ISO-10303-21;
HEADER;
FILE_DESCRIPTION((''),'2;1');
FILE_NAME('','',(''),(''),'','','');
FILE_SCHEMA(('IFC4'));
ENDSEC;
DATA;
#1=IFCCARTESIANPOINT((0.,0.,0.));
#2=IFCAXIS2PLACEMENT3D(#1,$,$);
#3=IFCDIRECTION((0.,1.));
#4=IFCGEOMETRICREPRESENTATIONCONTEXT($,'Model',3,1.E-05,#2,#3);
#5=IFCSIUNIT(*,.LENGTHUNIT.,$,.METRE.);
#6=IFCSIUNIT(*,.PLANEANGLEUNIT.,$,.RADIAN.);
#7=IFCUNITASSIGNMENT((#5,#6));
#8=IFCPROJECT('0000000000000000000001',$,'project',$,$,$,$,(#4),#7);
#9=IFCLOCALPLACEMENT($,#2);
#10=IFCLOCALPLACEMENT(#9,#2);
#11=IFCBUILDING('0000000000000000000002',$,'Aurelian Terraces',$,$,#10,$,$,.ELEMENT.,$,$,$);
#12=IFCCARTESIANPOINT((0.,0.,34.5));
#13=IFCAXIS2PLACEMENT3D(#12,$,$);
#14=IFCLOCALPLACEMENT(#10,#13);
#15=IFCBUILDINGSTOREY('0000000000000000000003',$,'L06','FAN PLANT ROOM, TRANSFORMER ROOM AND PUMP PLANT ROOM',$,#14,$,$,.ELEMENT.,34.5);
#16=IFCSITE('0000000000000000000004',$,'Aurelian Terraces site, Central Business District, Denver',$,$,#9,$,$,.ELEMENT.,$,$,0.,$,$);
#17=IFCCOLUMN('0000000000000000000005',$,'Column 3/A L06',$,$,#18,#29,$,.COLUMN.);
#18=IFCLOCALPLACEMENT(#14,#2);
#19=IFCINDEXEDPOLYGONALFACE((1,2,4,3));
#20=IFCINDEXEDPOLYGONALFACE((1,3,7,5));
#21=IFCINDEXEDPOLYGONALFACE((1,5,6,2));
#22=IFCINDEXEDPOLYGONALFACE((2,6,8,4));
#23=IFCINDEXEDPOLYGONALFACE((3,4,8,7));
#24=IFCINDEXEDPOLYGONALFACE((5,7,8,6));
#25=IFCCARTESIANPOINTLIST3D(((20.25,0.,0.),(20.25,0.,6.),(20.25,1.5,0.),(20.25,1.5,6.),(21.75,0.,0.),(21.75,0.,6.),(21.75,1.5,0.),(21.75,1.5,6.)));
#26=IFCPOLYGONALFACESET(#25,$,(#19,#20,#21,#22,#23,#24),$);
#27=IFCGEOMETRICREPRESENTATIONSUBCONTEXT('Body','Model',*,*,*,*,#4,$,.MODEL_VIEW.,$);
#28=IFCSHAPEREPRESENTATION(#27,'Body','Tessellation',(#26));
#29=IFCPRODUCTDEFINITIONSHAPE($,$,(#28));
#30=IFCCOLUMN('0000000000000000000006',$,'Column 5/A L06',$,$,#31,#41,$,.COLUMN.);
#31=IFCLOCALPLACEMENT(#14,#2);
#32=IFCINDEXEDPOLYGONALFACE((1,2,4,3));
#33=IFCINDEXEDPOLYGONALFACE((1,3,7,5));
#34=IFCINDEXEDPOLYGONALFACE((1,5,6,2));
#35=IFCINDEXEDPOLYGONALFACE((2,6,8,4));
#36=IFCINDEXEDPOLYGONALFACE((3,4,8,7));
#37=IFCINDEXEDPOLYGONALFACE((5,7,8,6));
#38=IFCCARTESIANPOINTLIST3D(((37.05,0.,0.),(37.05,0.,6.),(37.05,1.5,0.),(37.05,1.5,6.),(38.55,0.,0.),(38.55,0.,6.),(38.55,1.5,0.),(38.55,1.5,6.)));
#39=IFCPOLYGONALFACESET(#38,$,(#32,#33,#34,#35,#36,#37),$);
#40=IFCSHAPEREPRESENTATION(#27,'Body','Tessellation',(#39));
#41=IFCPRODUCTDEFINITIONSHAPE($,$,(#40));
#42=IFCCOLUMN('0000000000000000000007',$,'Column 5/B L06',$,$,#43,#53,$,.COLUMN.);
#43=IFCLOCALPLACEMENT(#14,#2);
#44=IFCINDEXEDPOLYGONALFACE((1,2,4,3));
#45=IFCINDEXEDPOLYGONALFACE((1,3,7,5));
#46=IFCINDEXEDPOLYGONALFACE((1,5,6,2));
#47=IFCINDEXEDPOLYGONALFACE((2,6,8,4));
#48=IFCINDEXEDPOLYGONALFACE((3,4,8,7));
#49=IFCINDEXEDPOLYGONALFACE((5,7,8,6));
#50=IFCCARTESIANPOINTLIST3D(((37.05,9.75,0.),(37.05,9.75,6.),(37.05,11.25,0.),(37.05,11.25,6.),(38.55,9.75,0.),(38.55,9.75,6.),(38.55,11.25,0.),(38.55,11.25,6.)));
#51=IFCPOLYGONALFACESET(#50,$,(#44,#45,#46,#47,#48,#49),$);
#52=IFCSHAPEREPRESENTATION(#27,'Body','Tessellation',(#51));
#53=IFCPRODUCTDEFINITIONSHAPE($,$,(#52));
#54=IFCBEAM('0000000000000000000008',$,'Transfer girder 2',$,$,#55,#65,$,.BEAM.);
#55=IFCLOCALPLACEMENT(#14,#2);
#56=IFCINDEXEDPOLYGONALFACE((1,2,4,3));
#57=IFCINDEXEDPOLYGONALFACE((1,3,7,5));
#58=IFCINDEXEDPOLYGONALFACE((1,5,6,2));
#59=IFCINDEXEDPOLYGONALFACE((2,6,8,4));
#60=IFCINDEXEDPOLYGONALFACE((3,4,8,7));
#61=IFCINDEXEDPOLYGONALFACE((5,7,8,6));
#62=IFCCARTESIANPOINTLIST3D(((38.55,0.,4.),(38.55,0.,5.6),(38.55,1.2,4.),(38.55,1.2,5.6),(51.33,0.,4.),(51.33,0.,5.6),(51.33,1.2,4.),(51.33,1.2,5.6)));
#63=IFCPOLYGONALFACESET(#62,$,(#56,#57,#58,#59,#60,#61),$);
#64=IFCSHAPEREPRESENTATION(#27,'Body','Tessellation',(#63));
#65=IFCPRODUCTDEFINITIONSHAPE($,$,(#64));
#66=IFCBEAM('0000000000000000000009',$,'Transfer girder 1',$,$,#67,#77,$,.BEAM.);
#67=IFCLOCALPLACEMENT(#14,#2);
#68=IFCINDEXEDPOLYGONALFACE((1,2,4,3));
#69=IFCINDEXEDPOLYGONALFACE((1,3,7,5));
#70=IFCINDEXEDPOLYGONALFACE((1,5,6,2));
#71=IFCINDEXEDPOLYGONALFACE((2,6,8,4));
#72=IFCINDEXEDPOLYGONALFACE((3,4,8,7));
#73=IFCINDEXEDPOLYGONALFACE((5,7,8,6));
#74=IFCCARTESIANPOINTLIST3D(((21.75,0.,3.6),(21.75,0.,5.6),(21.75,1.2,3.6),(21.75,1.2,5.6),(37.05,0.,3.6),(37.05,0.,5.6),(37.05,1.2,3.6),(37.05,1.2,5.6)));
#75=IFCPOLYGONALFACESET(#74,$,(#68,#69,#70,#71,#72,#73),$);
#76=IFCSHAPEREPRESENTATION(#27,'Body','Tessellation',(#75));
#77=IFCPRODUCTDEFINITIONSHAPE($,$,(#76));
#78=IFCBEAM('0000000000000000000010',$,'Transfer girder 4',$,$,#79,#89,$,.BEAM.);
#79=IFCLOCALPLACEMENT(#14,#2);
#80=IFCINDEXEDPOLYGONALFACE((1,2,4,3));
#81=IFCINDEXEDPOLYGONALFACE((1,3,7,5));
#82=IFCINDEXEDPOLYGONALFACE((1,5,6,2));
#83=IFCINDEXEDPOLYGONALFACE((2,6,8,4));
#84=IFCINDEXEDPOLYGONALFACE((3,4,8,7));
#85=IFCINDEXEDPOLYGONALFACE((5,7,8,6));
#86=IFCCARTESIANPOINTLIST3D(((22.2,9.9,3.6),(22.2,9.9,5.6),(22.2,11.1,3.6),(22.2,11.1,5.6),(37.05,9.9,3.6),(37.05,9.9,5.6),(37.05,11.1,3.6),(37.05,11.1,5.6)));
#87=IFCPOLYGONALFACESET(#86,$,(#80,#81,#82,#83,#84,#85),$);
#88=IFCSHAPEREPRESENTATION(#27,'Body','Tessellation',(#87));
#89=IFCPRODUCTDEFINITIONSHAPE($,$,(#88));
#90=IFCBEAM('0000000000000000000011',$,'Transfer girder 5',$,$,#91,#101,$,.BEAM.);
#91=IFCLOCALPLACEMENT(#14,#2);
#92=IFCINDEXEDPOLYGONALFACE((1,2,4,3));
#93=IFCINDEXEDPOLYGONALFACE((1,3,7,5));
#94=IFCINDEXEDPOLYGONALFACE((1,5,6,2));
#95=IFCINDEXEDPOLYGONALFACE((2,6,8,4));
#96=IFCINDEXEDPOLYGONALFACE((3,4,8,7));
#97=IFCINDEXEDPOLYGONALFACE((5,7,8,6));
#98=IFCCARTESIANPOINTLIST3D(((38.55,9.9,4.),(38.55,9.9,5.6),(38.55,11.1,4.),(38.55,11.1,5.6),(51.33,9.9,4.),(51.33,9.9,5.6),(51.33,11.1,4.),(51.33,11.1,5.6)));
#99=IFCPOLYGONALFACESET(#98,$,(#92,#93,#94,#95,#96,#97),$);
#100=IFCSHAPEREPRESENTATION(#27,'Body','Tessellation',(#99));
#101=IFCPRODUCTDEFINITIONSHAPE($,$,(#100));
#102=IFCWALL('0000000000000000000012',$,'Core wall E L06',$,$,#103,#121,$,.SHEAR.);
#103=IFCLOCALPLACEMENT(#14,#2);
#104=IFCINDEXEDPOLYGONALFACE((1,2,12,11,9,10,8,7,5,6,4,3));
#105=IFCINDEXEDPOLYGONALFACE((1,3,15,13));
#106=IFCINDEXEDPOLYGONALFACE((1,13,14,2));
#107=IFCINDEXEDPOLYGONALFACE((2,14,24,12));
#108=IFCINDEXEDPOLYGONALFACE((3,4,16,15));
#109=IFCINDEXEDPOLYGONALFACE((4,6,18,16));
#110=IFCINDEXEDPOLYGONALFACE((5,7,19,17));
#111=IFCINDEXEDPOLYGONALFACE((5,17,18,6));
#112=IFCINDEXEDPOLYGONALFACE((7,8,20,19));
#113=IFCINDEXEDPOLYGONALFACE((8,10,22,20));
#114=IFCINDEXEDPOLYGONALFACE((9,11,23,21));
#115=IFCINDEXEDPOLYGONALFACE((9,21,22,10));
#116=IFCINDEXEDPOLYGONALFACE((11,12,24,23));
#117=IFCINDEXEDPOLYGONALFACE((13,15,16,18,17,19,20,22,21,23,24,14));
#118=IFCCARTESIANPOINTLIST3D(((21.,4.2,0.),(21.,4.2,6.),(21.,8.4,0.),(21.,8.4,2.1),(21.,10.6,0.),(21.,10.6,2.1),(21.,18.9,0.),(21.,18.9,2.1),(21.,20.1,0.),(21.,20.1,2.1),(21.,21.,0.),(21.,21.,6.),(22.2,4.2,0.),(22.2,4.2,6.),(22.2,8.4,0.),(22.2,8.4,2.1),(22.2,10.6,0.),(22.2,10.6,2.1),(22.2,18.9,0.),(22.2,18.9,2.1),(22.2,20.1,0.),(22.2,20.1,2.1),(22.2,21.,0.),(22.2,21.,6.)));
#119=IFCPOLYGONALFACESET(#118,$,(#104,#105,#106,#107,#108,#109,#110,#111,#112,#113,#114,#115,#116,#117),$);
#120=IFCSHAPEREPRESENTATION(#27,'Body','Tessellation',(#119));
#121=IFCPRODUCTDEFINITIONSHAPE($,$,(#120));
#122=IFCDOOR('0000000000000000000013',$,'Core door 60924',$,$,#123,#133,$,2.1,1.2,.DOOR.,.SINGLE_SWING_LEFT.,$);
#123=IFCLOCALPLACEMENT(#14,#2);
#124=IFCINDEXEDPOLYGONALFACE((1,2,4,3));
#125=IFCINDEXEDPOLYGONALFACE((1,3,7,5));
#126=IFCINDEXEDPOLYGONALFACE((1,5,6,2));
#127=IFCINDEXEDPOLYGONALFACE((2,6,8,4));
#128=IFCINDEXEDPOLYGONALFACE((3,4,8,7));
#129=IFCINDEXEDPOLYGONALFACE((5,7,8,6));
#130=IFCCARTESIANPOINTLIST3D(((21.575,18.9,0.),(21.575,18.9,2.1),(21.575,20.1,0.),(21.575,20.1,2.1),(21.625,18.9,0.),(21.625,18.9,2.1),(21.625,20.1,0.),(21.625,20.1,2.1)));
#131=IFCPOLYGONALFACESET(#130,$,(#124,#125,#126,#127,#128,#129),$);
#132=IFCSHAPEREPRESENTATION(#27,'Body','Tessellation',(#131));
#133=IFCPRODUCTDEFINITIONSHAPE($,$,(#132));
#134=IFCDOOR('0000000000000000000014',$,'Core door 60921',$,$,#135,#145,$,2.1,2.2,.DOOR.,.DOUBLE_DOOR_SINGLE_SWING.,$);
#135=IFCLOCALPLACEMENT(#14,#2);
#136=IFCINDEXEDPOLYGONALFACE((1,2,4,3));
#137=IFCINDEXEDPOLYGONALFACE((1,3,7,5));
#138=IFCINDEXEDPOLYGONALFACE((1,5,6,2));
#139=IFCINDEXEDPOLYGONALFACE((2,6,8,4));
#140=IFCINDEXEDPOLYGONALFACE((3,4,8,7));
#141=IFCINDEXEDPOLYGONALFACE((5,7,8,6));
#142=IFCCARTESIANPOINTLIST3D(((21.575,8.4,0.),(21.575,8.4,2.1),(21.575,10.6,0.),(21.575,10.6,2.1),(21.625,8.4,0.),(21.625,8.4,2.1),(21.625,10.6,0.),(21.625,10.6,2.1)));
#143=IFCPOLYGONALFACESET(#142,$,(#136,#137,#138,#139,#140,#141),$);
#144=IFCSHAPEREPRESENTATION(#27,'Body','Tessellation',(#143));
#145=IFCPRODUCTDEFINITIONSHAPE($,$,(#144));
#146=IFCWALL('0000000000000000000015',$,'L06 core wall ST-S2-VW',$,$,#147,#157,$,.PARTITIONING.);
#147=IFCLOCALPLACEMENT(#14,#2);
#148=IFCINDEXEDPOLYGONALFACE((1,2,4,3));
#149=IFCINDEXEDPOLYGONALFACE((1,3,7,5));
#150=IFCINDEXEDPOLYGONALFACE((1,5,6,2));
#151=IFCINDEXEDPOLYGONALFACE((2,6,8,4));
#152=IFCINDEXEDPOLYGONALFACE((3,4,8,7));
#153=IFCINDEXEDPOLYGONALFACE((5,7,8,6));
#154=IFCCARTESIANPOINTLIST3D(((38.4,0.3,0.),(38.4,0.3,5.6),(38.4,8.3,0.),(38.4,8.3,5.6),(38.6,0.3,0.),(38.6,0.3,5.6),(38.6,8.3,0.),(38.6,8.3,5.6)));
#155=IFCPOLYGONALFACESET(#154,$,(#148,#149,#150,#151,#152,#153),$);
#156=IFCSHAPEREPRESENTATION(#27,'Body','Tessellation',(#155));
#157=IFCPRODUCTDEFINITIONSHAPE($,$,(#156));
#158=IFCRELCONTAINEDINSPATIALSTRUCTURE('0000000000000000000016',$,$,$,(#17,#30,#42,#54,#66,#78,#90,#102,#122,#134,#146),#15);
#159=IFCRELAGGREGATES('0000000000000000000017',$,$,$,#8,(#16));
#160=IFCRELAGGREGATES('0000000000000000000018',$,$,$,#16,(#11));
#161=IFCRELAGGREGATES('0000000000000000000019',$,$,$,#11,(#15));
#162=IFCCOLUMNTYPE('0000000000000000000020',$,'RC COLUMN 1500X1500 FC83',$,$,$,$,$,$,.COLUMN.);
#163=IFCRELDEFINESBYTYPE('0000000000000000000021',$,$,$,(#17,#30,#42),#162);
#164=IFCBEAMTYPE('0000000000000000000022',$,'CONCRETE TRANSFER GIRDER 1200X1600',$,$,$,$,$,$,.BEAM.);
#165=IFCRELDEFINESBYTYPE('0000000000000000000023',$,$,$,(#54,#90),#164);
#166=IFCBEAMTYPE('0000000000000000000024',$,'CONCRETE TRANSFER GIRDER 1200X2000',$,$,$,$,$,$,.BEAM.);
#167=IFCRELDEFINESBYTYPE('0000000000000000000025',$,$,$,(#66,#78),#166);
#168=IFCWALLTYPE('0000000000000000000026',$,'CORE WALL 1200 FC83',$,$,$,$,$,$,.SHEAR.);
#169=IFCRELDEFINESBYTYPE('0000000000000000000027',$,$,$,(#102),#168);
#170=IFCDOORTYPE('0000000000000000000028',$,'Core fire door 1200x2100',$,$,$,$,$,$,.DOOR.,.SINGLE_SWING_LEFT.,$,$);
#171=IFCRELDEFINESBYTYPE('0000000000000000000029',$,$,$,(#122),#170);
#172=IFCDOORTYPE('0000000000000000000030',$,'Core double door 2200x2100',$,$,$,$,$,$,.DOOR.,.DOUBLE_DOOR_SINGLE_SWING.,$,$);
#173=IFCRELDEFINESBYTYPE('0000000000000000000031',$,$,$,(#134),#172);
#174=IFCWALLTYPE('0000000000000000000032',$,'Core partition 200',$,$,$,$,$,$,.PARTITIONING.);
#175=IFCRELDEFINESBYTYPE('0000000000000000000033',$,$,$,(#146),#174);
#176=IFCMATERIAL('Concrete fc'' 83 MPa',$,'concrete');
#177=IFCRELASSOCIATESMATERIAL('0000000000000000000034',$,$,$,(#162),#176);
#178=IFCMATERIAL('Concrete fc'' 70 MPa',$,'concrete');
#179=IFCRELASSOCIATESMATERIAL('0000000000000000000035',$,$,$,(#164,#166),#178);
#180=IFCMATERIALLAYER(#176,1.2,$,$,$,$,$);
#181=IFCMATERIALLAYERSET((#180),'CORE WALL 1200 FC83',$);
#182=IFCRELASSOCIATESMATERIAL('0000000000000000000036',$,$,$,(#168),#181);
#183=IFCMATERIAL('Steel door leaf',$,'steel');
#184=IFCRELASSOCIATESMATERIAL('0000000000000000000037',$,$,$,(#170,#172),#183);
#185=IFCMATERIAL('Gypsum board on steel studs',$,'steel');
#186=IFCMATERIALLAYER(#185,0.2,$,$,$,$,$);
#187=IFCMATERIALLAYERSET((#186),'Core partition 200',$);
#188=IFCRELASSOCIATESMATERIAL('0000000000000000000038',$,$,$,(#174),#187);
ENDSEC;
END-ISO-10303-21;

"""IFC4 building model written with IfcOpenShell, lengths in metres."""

from ifc_helpers import new_model, si_unit, direction, frame, frame_2d, origin, origin_2d, place, context, subcontext, project, spatial, rectangle, extrude, source, transform, mapped, material, layer, layer_set, material_profile, profile_set, type_object, element, fill, save


model = new_model("IFC4")

# Units and contexts
model_context = context("Model", 3, precision=1e-05, world=origin(), true_north=direction((0.0, 1.0)))
body_context = subcontext(model_context, "Body", "Model", "MODEL_VIEW")
ifc_project = project(units=[si_unit("LENGTHUNIT", "METRE"), si_unit("PLANEANGLEUNIT", "RADIAN")], contexts=[model_context])

# Site, building, storey
site_placement = place(None, origin())
site = spatial("IfcSite", under=ifc_project, at=site_placement, Name="Aurelian Terraces site, Central Business District, Denver", CompositionType="ELEMENT", RefElevation=0.0)
building_placement = place(site_placement, origin())
building = spatial("IfcBuilding", under=site, at=building_placement, Name="Aurelian Terraces", CompositionType="ELEMENT")
storey_placement = place(building_placement, frame((0.0, 0.0, 34.5)))
storey = spatial("IfcBuildingStorey", under=building, at=storey_placement, Name="L06", Description="FAN PLANT ROOM, TRANSFORMER ROOM AND PUMP PLANT ROOM", CompositionType="ELEMENT", Elevation=34.5)

# Columns
ifc_material_1 = material(Name="Concrete fc' 83 MPa", Category="concrete")
ifc_material_profile_1 = material_profile(ifc_material_1, rectangle(XDim=1.5, YDim=1.5, at=origin_2d()))
ifc_profile_set_1 = profile_set([ifc_material_profile_1], Name="Concrete fc' 83 MPa")
column_type = type_object("IfcColumnType", Name="RC COLUMN 1500X1500 FC83", PredefinedType="COLUMN", material=ifc_profile_set_1)
shared_shape_1 = source(origin(), body_context, "Body", "SweptSolid", [
    extrude(rectangle(XDim=1.5, YDim=1.5, at=origin_2d()), origin(), (0.0, 0.0, 1.0), 6.0),
])
for number, where, z_axis, x_axis, name in (
    (1, (21.0, 0.75, 0.0), (0.0, 0.0, 1.0), (1.0, 0.0, 0.0), "Column 3/A L06"),
    (2, (37.8, 0.75, 0.0), (0.0, 0.0, 1.0), (1.0, 0.0, 0.0), "Column 5/A L06"),
    (3, (37.8, 10.5, 0.0), (0.0, 0.0, 1.0), (1.0, 0.0, 0.0), "Column 5/B L06"),
):
    element("IfcColumn", number, at=place(storey_placement, frame(where, z_axis=z_axis, x_axis=x_axis)), inside=storey, type_object=column_type, Name=name, PredefinedType="COLUMN", context=body_context, shape_type="MappedRepresentation", body=[
        mapped(shared_shape_1, transform((0.0, 0.0, 0.0), scale=1.0)),
    ])

# Beams
ifc_material_2 = material(Name="Concrete fc' 70 MPa", Category="concrete")
ifc_material_profile_2 = material_profile(ifc_material_2, rectangle(XDim=1.2, YDim=1.6, at=origin_2d()))
ifc_profile_set_2 = profile_set([ifc_material_profile_2], Name="Concrete fc' 70 MPa")
beam_type_1 = type_object("IfcBeamType", Name="CONCRETE TRANSFER GIRDER 1200X1600", PredefinedType="BEAM", material=ifc_profile_set_2)
beam_1_placement = place(storey_placement, frame((38.55, 0.6, 4.8), z_axis=(1.0, 0.0, 0.0), x_axis=(0.0, 1.0, 0.0)))
element("IfcBeam", 4, at=beam_1_placement, inside=storey, type_object=beam_type_1, Name="Transfer girder 2", PredefinedType="BEAM", context=body_context, shape_type="SweptSolid", body=[
    extrude(rectangle(XDim=1.2, YDim=1.6, at=origin_2d()), origin(), (0.0, 0.0, 1.0), 12.78),
])
ifc_material_profile_3 = material_profile(ifc_material_2, rectangle(XDim=1.2, YDim=2.0, at=origin_2d()))
ifc_profile_set_3 = profile_set([ifc_material_profile_3], Name="Concrete fc' 70 MPa")
beam_type_2 = type_object("IfcBeamType", Name="CONCRETE TRANSFER GIRDER 1200X2000", PredefinedType="BEAM", material=ifc_profile_set_3)
beam_2_placement = place(storey_placement, frame((21.75, 0.6, 4.6), z_axis=(1.0, 0.0, 0.0), x_axis=(0.0, 1.0, 0.0)))
element("IfcBeam", 5, at=beam_2_placement, inside=storey, type_object=beam_type_2, Name="Transfer girder 1", PredefinedType="BEAM", context=body_context, shape_type="SweptSolid", body=[
    extrude(rectangle(XDim=1.2, YDim=2.0, at=origin_2d()), origin(), (0.0, 0.0, 1.0), 15.3),
])
beam_3_placement = place(storey_placement, frame((22.2, 10.5, 4.6), z_axis=(1.0, 0.0, 0.0), x_axis=(0.0, 1.0, 0.0)))
element("IfcBeam", 6, at=beam_3_placement, inside=storey, type_object=beam_type_2, Name="Transfer girder 4", PredefinedType="BEAM", context=body_context, shape_type="SweptSolid", body=[
    extrude(rectangle(XDim=1.2, YDim=2.0, at=origin_2d()), origin(), (0.0, 0.0, 1.0), 14.85),
])
shared_shape_2 = source(origin(), body_context, "Body", "SweptSolid", [
    extrude(rectangle(XDim=1.2, YDim=1.6, at=origin_2d()), origin(), (0.0, 0.0, 1.0), 12.78),
])
beam_4_placement = place(storey_placement, frame((38.55, 10.5, 4.8), z_axis=(1.0, 0.0, 0.0), x_axis=(0.0, 1.0, 0.0)))
element("IfcBeam", 7, at=beam_4_placement, inside=storey, type_object=beam_type_1, Name="Transfer girder 5", PredefinedType="BEAM", context=body_context, shape_type="MappedRepresentation", body=[
    mapped(shared_shape_2, transform((0.0, 0.0, 0.0), scale=1.0)),
])

# Wall, openings, doors
ifc_layer_1 = layer(ifc_material_1, 1.2)
ifc_layer_set_1 = layer_set([ifc_layer_1], Name="CORE WALL 1200 FC83")
wall_type_1 = type_object("IfcWallType", Name="CORE WALL 1200 FC83", PredefinedType="SHEAR", material=ifc_layer_set_1)
wall_1_placement = place(storey_placement, frame((21.6, 4.2, 0.0), z_axis=(0.0, 0.0, 1.0), x_axis=(0.0, 1.0, 0.0)))
wall_1 = element("IfcWall", 8, at=wall_1_placement, inside=storey, type_object=wall_type_1, Name="Core wall E L06", PredefinedType="SHEAR", context=body_context, shape_type="SweptSolid", body=[
    extrude(rectangle(XDim=16.8, YDim=1.2, at=frame_2d((8.4, 0.0))), origin(), (0.0, 0.0, 1.0), 6.0),
])
shared_shape_3 = source(origin(), body_context, "Body", "SweptSolid", [
    extrude(rectangle(XDim=2.2, YDim=2.1, at=frame_2d((1.1, 1.05))), frame((0.0, 0.61, 0.0), z_axis=(0.0, -1.0, 0.0), x_axis=(1.0, 0.0, 0.0)), (0.0, 0.0, 1.0), 1.22),
])
opening_1_placement = place(wall_1_placement, frame((4.2, 0.0, 0.0)))
opening_1 = element("IfcOpeningElement", 9, at=opening_1_placement, cuts=wall_1, PredefinedType="OPENING", context=body_context, shape_type="MappedRepresentation", body=[
    mapped(shared_shape_3, transform((0.0, 0.0, 0.0), scale=1.0)),
])
shared_shape_4 = source(origin(), body_context, "Body", "SweptSolid", [
    extrude(rectangle(XDim=1.2, YDim=2.1, at=frame_2d((0.6, 1.05))), frame((0.0, 0.61, 0.0), z_axis=(0.0, -1.0, 0.0), x_axis=(1.0, 0.0, 0.0)), (0.0, 0.0, 1.0), 1.22),
])
opening_2_placement = place(wall_1_placement, frame((14.7, 0.0, 0.0)))
opening_2 = element("IfcOpeningElement", 10, at=opening_2_placement, cuts=wall_1, PredefinedType="OPENING", context=body_context, shape_type="MappedRepresentation", body=[
    mapped(shared_shape_4, transform((0.0, 0.0, 0.0), scale=1.0)),
])
ifc_material_3 = material(Name="Steel door leaf", Category="steel")
door_type_1 = type_object("IfcDoorType", Name="Core fire door 1200x2100", OperationType="SINGLE_SWING_LEFT", PredefinedType="DOOR", material=ifc_material_3)
shared_shape_5 = source(origin(), body_context, "Body", "SweptSolid", [
    extrude(rectangle(XDim=1.2, YDim=2.1, at=frame_2d((0.6, 1.05))), frame((0.0, 0.025, 0.0), z_axis=(0.0, -1.0, 0.0), x_axis=(1.0, 0.0, 0.0)), (0.0, 0.0, 1.0), 0.05),
])
door_1_placement = place(opening_2_placement, origin())
door_1 = element("IfcDoor", 11, at=door_1_placement, inside=storey, type_object=door_type_1, Name="Core door 60924", OperationType="SINGLE_SWING_LEFT", OverallHeight=2.1, OverallWidth=1.2, PredefinedType="DOOR", context=body_context, shape_type="MappedRepresentation", body=[
    mapped(shared_shape_5, transform((0.0, 0.0, 0.0), scale=1.0)),
])
fill(opening_2, door_1)
door_type_2 = type_object("IfcDoorType", Name="Core double door 2200x2100", OperationType="DOUBLE_DOOR_SINGLE_SWING", PredefinedType="DOOR", material=ifc_material_3)
shared_shape_6 = source(origin(), body_context, "Body", "SweptSolid", [
    extrude(rectangle(XDim=2.2, YDim=2.1, at=frame_2d((1.1, 1.05))), frame((0.0, 0.025, 0.0), z_axis=(0.0, -1.0, 0.0), x_axis=(1.0, 0.0, 0.0)), (0.0, 0.0, 1.0), 0.05),
])
door_2_placement = place(opening_1_placement, origin())
door_2 = element("IfcDoor", 12, at=door_2_placement, inside=storey, type_object=door_type_2, Name="Core door 60921", OperationType="DOUBLE_DOOR_SINGLE_SWING", OverallHeight=2.1, OverallWidth=2.2, PredefinedType="DOOR", context=body_context, shape_type="MappedRepresentation", body=[
    mapped(shared_shape_6, transform((0.0, 0.0, 0.0), scale=1.0)),
])
fill(opening_1, door_2)

# Wall
ifc_material_4 = material(Name="Gypsum board on steel studs", Category="steel")
ifc_layer_2 = layer(ifc_material_4, 0.2)
ifc_layer_set_2 = layer_set([ifc_layer_2], Name="Core partition 200")
wall_type_2 = type_object("IfcWallType", Name="Core partition 200", PredefinedType="PARTITIONING", material=ifc_layer_set_2)
wall_2_placement = place(storey_placement, frame((38.5, 0.3, 0.0), z_axis=(0.0, 0.0, 1.0), x_axis=(0.0, 1.0, 0.0)))
element("IfcWall", 13, at=wall_2_placement, inside=storey, type_object=wall_type_2, Name="L06 core wall ST-S2-VW", PredefinedType="PARTITIONING", context=body_context, shape_type="SweptSolid", body=[
    extrude(rectangle(XDim=8.0, YDim=0.2, at=frame_2d((4.0, 0.0))), origin(), (0.0, 0.0, 1.0), 5.6),
])

save(model, "model.ifc")
